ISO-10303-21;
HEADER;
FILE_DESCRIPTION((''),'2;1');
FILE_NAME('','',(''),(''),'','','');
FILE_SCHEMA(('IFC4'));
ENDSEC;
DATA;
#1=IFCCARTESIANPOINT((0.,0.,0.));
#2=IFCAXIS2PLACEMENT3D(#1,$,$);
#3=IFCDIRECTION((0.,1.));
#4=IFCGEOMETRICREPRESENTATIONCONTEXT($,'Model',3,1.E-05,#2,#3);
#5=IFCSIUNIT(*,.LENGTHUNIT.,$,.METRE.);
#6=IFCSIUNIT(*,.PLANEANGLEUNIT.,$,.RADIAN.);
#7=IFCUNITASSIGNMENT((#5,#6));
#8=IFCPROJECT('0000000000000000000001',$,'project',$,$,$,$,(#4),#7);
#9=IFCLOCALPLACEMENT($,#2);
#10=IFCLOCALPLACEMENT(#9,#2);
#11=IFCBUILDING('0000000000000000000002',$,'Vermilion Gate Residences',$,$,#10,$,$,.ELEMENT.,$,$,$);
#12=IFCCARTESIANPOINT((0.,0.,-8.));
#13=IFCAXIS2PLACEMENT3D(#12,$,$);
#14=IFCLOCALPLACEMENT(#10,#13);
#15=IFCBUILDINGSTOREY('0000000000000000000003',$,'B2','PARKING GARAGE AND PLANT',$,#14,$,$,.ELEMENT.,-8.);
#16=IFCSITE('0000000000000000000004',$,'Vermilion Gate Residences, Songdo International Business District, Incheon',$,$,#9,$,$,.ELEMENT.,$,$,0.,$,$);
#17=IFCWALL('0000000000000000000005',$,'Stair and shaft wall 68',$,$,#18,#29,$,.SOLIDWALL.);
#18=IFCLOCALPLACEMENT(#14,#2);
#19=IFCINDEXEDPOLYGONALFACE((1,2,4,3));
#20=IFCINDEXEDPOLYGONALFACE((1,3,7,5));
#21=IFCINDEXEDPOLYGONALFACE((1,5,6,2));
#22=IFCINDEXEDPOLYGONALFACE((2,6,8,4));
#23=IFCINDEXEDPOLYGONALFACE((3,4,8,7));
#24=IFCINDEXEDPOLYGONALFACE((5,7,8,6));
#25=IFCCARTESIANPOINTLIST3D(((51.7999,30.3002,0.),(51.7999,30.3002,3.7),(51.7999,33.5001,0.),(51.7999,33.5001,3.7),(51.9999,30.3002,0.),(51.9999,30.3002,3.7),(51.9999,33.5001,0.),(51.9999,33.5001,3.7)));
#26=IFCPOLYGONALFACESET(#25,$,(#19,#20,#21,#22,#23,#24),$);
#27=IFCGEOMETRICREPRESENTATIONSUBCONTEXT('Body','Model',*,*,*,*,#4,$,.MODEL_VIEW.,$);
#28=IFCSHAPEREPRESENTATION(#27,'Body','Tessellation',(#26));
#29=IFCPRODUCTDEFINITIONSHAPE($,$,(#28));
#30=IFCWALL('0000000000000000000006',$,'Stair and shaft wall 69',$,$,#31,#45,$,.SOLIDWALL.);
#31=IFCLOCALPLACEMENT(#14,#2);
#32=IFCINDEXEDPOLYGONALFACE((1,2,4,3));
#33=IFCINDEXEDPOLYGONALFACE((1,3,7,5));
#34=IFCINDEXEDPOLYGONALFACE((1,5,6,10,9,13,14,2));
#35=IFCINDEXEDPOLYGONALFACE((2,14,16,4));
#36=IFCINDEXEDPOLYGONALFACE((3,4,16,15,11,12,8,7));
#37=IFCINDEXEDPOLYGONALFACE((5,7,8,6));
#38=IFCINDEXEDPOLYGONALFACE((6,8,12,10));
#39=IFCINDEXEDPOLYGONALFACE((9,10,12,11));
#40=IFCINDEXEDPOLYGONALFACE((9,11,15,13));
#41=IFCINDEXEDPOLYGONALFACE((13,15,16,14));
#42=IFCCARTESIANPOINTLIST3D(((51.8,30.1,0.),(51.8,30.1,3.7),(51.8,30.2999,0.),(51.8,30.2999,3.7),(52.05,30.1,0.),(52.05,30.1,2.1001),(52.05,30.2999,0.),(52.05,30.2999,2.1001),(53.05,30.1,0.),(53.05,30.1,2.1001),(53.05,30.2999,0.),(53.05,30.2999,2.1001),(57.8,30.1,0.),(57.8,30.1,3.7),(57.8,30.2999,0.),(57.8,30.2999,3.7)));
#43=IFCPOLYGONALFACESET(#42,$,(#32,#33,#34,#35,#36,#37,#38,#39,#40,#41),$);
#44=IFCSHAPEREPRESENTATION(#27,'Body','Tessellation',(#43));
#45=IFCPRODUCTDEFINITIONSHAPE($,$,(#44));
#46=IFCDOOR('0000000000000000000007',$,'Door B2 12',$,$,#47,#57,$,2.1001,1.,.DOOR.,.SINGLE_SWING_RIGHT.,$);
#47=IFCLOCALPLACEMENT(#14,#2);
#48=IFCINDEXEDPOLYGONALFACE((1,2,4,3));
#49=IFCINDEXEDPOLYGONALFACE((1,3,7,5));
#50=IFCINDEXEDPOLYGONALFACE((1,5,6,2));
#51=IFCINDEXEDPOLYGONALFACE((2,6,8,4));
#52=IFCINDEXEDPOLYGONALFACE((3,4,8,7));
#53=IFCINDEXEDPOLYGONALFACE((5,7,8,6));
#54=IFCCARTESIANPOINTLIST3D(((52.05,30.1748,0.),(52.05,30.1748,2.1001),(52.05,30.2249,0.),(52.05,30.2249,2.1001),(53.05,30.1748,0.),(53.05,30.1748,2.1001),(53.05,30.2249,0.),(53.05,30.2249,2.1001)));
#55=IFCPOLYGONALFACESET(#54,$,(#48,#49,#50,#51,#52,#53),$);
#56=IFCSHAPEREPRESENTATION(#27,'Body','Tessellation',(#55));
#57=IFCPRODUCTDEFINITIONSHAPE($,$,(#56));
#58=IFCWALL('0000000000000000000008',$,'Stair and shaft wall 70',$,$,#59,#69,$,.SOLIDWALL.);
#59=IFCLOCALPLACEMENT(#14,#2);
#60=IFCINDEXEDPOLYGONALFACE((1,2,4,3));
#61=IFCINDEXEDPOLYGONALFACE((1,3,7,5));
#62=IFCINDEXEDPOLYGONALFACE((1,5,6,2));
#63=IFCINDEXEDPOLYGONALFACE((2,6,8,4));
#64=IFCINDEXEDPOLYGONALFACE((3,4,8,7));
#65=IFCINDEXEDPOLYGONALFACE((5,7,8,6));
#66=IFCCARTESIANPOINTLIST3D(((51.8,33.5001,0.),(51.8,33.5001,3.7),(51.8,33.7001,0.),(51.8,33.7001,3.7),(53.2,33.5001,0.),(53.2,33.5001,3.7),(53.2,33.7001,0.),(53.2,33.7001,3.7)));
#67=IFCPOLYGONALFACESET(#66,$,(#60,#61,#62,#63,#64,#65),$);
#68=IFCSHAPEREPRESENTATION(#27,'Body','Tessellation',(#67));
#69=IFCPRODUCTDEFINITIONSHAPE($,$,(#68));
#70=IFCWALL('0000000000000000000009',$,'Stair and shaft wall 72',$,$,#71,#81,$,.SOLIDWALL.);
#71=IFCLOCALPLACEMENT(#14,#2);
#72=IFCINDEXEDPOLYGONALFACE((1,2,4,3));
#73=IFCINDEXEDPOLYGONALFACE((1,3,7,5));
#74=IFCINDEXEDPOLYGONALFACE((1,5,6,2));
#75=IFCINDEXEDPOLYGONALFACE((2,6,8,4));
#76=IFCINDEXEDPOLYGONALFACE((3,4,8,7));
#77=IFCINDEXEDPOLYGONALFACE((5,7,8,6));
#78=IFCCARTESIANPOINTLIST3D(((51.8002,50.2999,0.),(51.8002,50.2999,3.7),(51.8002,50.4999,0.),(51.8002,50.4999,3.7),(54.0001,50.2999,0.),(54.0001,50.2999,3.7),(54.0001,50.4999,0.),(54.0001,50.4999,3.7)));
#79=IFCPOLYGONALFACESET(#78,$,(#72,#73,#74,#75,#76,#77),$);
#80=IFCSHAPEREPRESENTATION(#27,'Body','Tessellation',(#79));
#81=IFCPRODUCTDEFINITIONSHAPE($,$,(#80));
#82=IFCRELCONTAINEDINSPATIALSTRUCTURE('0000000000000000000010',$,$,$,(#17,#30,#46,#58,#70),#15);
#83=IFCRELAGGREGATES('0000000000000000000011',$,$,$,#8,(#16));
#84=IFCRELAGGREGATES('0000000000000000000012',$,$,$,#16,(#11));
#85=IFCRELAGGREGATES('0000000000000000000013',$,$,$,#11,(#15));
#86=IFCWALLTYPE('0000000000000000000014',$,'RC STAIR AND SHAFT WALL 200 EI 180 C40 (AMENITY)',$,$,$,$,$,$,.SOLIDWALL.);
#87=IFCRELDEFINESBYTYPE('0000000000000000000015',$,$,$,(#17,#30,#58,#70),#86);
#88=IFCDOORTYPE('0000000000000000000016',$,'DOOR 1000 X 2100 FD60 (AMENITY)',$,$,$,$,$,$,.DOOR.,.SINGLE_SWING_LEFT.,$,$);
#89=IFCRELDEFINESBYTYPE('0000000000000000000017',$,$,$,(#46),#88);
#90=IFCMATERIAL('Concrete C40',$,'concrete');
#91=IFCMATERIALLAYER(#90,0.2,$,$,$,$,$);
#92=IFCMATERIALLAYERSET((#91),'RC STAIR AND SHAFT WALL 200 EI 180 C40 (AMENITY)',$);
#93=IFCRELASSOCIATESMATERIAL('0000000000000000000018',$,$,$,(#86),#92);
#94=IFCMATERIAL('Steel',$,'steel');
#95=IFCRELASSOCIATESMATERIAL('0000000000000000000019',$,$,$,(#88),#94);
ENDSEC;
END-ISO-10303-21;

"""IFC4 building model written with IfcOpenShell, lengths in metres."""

from ifc_helpers import new_model, si_unit, direction, frame, frame_2d, origin, place, context, subcontext, project, spatial, rectangle, extrude, material, layer, layer_set, type_object, element, fill, save


model = new_model("IFC4")

# Units and contexts
model_context = context("Model", 3, precision=1e-05, world=origin(), true_north=direction((0.0, 1.0)))
body_context = subcontext(model_context, "Body", "Model", "MODEL_VIEW")
ifc_project = project(units=[si_unit("LENGTHUNIT", "METRE"), si_unit("PLANEANGLEUNIT", "RADIAN")], contexts=[model_context])

# Site, building, storey
site_placement = place(None, origin())
site = spatial("IfcSite", under=ifc_project, at=site_placement, Name="Vermilion Gate Residences, Songdo International Business District, Incheon", CompositionType="ELEMENT", RefElevation=0.0)
building_placement = place(site_placement, origin())
building = spatial("IfcBuilding", under=site, at=building_placement, Name="Vermilion Gate Residences", CompositionType="ELEMENT")
storey_placement = place(building_placement, frame((0.0, 0.0, -8.0)))
storey = spatial("IfcBuildingStorey", under=building, at=storey_placement, Name="B2", Description="PARKING GARAGE AND PLANT", CompositionType="ELEMENT", Elevation=-8.0)

# Shared definitions
ifc_material_1 = material(Name="Concrete C40", Category="concrete")
ifc_layer_1 = layer(ifc_material_1, 0.2)
ifc_layer_set_1 = layer_set([ifc_layer_1], Name="RC STAIR AND SHAFT WALL 200 EI 180 C40 (AMENITY)")
wall_type_1 = type_object("IfcWallType", Name="RC STAIR AND SHAFT WALL 200 EI 180 C40 (AMENITY)", PredefinedType="SOLIDWALL", material=ifc_layer_set_1)

# Shared definitions
ifc_material_2 = material(Name="Steel", Category="steel")
door_type_1 = type_object("IfcDoorType", Name="DOOR 1000 X 2100 FD60 (AMENITY)", OperationType="SINGLE_SWING_LEFT", PredefinedType="DOOR", material=ifc_material_2)

# Wall
wall_1_placement = place(storey_placement, frame((51.8999, 30.3, 0.0), z_axis=(0.0, 0.0, 1.0), x_axis=(0.0, 1.0, 0.0)))
element("IfcWall", 1, at=wall_1_placement, inside=storey, type_object=wall_type_1, Name="Stair and shaft wall 68", PredefinedType="SOLIDWALL", context=body_context, shape_type="SweptSolid", body=[
    extrude(rectangle(XDim=3.2, YDim=0.2, at=frame_2d((1.6001, 0.0))), origin(), (0.0, 0.0, 1.0), 3.7),
])

# Wall, opening, door
wall_2_placement = place(storey_placement, frame((51.8, 30.2, 0.0), z_axis=(0.0, 0.0, 1.0), x_axis=(1.0, 0.0, 0.0)))
wall_2 = element("IfcWall", 2, at=wall_2_placement, inside=storey, type_object=wall_type_1, Name="Stair and shaft wall 69", PredefinedType="SOLIDWALL", context=body_context, shape_type="SweptSolid", body=[
    extrude(rectangle(XDim=6.0, YDim=0.2, at=frame_2d((3.0, 0.0))), origin(), (0.0, 0.0, 1.0), 3.7),
])
opening_1_placement = place(wall_2_placement, frame((0.25, 0.0, 0.0)))
opening_1 = element("IfcOpeningElement", 3, at=opening_1_placement, cuts=wall_2, PredefinedType="OPENING", context=body_context, shape_type="SweptSolid", body=[
    extrude(rectangle(XDim=1.0, YDim=2.1001, at=frame_2d((0.5, 1.05))), frame((0.0, 0.1099, 0.0), z_axis=(0.0, -1.0, 0.0), x_axis=(1.0, 0.0, 0.0)), (0.0, 0.0, 1.0), 0.22),
])
door_1_placement = place(opening_1_placement, origin())
door_1 = element("IfcDoor", 4, at=door_1_placement, inside=storey, type_object=door_type_1, Name="Door B2 12", OperationType="SINGLE_SWING_RIGHT", OverallHeight=2.1001, OverallWidth=1.0, PredefinedType="DOOR", context=body_context, shape_type="SweptSolid", body=[
    extrude(rectangle(XDim=1.0, YDim=2.1001, at=frame_2d((0.5, 1.05))), frame((0.0, 0.0249, 0.0), z_axis=(0.0, -1.0, 0.0), x_axis=(1.0, 0.0, 0.0)), (0.0, 0.0, 1.0), 0.05),
])
fill(opening_1, door_1)

# Walls
wall_3_placement = place(storey_placement, frame((51.8, 33.6001, 0.0), z_axis=(0.0, 0.0, 1.0), x_axis=(1.0, 0.0, 0.0)))
element("IfcWall", 5, at=wall_3_placement, inside=storey, type_object=wall_type_1, Name="Stair and shaft wall 70", PredefinedType="SOLIDWALL", context=body_context, shape_type="SweptSolid", body=[
    extrude(rectangle(XDim=1.3999, YDim=0.2, at=frame_2d((0.7, 0.0))), origin(), (0.0, 0.0, 1.0), 3.7),
])
wall_4_placement = place(storey_placement, frame((51.8, 50.3999, 0.0), z_axis=(0.0, 0.0, 1.0), x_axis=(1.0, 0.0, 0.0)))
element("IfcWall", 6, at=wall_4_placement, inside=storey, type_object=wall_type_1, Name="Stair and shaft wall 72", PredefinedType="SOLIDWALL", context=body_context, shape_type="SweptSolid", body=[
    extrude(rectangle(XDim=2.2, YDim=0.2, at=frame_2d((1.1001, 0.0))), origin(), (0.0, 0.0, 1.0), 3.7),
])

save(model, "model.ifc")
